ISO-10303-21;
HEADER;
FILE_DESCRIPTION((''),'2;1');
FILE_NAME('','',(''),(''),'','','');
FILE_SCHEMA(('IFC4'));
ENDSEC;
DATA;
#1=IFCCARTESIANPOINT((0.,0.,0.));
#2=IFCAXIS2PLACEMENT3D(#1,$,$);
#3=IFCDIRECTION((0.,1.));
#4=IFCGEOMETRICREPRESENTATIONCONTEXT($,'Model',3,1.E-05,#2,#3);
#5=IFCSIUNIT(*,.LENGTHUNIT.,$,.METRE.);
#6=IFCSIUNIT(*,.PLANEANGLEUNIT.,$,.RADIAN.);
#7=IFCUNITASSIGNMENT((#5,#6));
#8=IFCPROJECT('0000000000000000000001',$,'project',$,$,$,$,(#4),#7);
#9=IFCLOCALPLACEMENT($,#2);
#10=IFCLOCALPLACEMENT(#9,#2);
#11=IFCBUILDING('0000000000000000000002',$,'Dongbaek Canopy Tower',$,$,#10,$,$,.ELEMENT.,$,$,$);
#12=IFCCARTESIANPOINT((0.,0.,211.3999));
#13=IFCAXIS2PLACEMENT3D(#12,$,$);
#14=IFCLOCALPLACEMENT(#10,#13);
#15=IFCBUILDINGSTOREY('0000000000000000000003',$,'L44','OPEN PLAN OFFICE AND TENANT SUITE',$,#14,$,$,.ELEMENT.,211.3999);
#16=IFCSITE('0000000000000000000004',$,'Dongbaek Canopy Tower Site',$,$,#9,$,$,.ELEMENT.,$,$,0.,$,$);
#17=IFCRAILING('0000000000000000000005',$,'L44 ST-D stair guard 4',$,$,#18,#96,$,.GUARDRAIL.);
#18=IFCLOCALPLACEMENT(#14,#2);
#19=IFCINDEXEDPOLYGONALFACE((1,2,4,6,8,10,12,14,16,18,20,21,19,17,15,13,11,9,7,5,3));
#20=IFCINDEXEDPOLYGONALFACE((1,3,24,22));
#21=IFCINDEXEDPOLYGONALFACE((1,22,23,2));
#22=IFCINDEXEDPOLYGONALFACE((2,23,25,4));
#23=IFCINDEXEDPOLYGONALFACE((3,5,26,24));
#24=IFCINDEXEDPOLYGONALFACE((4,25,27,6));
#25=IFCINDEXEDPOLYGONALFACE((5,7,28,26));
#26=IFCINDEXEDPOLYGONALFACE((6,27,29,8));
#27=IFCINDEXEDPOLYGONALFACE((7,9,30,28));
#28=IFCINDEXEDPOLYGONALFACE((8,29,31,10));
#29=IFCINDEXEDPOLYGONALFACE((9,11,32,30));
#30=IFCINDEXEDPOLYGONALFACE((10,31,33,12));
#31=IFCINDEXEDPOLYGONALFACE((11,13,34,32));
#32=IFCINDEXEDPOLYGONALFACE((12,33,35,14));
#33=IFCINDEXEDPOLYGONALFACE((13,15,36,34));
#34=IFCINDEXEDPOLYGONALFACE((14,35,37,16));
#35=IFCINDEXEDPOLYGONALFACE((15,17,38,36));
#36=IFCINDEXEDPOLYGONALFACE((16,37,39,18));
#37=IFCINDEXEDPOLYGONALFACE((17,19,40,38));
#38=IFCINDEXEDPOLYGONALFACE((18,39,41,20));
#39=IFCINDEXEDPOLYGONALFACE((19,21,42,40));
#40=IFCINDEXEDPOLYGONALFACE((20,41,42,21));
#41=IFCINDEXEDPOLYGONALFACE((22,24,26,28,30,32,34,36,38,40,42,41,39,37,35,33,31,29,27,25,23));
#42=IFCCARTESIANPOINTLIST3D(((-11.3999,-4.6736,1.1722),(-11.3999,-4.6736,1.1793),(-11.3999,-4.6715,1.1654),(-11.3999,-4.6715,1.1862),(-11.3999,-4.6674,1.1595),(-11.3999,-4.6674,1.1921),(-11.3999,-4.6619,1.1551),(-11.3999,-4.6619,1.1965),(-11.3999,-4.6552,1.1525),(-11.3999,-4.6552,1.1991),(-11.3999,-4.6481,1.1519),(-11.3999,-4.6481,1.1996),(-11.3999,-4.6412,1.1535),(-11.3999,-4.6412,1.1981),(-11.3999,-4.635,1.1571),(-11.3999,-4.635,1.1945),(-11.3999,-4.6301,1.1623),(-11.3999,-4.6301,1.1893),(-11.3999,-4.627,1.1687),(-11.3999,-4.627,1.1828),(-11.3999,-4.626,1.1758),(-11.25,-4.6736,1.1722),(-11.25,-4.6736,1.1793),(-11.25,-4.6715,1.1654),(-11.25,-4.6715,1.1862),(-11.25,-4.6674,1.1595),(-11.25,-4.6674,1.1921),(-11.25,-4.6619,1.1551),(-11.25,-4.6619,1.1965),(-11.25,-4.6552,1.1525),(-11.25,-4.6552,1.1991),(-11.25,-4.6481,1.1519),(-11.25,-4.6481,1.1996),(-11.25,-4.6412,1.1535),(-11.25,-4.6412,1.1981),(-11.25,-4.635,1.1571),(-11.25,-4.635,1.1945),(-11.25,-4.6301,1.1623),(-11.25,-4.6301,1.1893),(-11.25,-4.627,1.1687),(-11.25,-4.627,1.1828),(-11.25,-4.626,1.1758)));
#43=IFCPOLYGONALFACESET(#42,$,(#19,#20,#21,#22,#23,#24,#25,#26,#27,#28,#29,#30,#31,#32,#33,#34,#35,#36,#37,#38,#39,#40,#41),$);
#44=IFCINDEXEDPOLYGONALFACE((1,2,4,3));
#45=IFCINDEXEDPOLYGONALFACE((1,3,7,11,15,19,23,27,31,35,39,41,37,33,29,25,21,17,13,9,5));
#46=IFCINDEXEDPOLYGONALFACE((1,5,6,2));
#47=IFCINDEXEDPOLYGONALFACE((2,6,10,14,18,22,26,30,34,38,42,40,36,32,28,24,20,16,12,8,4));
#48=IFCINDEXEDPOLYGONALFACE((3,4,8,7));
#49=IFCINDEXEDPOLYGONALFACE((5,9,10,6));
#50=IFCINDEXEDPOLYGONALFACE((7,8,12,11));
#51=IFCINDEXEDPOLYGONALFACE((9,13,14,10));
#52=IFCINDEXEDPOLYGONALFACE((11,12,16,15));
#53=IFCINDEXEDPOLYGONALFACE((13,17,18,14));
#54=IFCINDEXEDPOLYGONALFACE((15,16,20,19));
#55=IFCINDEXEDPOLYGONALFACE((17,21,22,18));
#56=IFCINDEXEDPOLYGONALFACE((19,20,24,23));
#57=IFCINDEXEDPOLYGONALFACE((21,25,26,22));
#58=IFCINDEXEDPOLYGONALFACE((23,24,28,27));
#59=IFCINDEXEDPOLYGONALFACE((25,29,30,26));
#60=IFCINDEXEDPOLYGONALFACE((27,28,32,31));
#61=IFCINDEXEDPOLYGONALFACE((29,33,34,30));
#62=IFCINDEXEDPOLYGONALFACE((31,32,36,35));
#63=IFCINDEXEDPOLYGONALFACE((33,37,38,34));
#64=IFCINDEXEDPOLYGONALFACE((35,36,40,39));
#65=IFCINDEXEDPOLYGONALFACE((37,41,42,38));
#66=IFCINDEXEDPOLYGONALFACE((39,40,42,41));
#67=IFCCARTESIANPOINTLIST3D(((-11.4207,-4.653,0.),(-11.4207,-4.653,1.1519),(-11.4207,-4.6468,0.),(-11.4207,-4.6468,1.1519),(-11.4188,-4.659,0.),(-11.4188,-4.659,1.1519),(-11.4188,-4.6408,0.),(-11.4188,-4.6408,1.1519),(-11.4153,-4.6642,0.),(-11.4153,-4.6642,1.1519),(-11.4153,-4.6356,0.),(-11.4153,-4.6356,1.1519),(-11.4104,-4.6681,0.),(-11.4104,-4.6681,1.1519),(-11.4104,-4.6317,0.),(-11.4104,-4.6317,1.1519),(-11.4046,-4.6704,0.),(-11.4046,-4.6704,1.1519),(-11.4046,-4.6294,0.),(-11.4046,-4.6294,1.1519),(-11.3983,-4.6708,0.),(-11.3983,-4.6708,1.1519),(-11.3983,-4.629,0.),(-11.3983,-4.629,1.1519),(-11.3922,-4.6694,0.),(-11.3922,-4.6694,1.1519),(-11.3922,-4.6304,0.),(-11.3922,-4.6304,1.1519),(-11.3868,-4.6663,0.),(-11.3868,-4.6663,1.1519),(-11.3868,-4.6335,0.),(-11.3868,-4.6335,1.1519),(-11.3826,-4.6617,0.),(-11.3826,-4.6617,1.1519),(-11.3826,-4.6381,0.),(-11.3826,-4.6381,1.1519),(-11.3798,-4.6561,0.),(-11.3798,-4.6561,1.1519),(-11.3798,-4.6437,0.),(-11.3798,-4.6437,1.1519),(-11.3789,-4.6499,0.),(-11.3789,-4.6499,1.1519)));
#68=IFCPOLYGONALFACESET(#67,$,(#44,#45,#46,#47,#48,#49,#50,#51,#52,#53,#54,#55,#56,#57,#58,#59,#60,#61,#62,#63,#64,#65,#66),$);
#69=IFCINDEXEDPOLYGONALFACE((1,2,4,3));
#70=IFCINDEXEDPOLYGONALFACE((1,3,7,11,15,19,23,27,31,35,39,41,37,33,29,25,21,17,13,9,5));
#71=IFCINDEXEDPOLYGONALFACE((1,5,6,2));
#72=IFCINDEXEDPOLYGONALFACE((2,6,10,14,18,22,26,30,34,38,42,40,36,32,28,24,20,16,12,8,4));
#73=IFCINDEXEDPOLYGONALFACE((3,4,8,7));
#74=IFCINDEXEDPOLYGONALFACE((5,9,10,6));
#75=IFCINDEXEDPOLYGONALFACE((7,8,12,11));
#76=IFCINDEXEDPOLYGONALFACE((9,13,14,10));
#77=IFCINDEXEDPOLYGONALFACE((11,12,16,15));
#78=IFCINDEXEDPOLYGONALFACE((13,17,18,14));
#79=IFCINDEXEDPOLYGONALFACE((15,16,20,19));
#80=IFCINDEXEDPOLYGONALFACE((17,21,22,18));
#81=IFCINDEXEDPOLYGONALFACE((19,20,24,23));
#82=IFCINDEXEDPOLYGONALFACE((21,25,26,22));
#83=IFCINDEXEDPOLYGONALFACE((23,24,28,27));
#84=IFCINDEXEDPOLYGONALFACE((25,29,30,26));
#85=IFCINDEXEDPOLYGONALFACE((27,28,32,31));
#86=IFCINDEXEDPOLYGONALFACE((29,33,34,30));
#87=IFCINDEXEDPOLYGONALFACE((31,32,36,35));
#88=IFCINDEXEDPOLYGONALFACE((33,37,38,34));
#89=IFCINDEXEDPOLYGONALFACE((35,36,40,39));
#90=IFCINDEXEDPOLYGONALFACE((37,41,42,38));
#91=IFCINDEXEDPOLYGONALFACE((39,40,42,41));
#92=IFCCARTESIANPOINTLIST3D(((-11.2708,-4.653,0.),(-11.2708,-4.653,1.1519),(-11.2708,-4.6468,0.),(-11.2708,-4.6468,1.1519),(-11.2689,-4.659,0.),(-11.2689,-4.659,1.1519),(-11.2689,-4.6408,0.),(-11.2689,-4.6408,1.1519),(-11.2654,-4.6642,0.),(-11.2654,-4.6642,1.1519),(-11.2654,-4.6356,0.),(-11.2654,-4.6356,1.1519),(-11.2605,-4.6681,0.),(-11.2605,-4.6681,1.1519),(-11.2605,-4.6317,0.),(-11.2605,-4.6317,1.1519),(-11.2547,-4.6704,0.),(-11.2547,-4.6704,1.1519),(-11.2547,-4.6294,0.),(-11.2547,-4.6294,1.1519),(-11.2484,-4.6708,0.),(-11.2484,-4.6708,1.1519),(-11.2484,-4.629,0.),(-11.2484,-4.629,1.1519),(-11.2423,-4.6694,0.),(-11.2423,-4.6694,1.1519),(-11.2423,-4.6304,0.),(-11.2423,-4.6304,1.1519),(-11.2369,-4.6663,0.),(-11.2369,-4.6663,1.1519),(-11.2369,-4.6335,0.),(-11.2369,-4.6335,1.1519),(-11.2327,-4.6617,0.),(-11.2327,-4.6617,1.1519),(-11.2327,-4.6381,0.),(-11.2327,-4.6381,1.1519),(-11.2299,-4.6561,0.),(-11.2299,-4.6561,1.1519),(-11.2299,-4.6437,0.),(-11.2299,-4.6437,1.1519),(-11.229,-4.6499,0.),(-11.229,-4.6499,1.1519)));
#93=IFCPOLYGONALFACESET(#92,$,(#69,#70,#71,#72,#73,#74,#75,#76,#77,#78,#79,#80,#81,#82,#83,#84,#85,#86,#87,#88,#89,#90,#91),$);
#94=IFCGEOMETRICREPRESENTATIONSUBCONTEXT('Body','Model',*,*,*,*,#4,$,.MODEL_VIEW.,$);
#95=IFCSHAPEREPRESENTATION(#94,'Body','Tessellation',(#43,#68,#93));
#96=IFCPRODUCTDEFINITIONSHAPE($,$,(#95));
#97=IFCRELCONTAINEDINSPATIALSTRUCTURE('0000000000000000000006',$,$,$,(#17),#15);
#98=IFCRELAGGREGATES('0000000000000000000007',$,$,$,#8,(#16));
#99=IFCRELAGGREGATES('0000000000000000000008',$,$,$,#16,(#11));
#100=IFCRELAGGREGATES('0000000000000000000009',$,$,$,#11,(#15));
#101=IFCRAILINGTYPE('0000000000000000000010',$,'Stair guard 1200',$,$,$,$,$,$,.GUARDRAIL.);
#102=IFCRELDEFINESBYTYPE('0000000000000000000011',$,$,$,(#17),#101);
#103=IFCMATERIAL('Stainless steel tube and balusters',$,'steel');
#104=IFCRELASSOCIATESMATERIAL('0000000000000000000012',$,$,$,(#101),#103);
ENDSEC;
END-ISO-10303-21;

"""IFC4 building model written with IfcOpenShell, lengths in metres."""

from ifc_helpers import new_model, si_unit, direction, frame, origin, origin_2d, place, context, subcontext, project, spatial, circle, extrude, material, type_object, element, save


model = new_model("IFC4")

# Units and contexts
model_context = context("Model", 3, precision=1e-05, world=origin(), true_north=direction((0.0, 1.0)))
body_context = subcontext(model_context, "Body", "Model", "MODEL_VIEW")
ifc_project = project(units=[si_unit("LENGTHUNIT", "METRE"), si_unit("PLANEANGLEUNIT", "RADIAN")], contexts=[model_context])

# Site, building, storey
site_placement = place(None, origin())
site = spatial("IfcSite", under=ifc_project, at=site_placement, Name="Dongbaek Canopy Tower Site", CompositionType="ELEMENT", RefElevation=0.0)
building_placement = place(site_placement, origin())
building = spatial("IfcBuilding", under=site, at=building_placement, Name="Dongbaek Canopy Tower", CompositionType="ELEMENT")
storey_placement = place(building_placement, frame((0.0, 0.0, 211.3999)))
storey = spatial("IfcBuildingStorey", under=building, at=storey_placement, Name="L44", Description="OPEN PLAN OFFICE AND TENANT SUITE", CompositionType="ELEMENT", Elevation=211.3999)

# Railing
ifc_material_1 = material(Name="Stainless steel tube and balusters", Category="steel")
railing_type_1 = type_object("IfcRailingType", Name="Stair guard 1200", PredefinedType="GUARDRAIL", material=ifc_material_1)
railing_1_placement = place(storey_placement, frame((-11.3999, -4.6499, 0.0)))
element("IfcRailing", 1, at=railing_1_placement, inside=storey, type_object=railing_type_1, Name="L44 ST-D stair guard 4", PredefinedType="GUARDRAIL", context=body_context, shape_type="SweptSolid", body=[
    extrude(circle(Radius=0.0239, at=origin_2d()), frame((0.0, 0.0, 1.1758), z_axis=(1.0, 0.0, 0.0), x_axis=(0.0, 1.0, 0.0)), (0.0, 0.0, 1.0), 0.1499),
    extrude(circle(Radius=0.021, at=origin_2d()), origin(), (0.0, 0.0, 1.0), 1.1519),
    extrude(circle(Radius=0.021, at=origin_2d()), frame((0.1499, 0.0, 0.0)), (0.0, 0.0, 1.0), 1.1519),
])

save(model, "model.ifc")
